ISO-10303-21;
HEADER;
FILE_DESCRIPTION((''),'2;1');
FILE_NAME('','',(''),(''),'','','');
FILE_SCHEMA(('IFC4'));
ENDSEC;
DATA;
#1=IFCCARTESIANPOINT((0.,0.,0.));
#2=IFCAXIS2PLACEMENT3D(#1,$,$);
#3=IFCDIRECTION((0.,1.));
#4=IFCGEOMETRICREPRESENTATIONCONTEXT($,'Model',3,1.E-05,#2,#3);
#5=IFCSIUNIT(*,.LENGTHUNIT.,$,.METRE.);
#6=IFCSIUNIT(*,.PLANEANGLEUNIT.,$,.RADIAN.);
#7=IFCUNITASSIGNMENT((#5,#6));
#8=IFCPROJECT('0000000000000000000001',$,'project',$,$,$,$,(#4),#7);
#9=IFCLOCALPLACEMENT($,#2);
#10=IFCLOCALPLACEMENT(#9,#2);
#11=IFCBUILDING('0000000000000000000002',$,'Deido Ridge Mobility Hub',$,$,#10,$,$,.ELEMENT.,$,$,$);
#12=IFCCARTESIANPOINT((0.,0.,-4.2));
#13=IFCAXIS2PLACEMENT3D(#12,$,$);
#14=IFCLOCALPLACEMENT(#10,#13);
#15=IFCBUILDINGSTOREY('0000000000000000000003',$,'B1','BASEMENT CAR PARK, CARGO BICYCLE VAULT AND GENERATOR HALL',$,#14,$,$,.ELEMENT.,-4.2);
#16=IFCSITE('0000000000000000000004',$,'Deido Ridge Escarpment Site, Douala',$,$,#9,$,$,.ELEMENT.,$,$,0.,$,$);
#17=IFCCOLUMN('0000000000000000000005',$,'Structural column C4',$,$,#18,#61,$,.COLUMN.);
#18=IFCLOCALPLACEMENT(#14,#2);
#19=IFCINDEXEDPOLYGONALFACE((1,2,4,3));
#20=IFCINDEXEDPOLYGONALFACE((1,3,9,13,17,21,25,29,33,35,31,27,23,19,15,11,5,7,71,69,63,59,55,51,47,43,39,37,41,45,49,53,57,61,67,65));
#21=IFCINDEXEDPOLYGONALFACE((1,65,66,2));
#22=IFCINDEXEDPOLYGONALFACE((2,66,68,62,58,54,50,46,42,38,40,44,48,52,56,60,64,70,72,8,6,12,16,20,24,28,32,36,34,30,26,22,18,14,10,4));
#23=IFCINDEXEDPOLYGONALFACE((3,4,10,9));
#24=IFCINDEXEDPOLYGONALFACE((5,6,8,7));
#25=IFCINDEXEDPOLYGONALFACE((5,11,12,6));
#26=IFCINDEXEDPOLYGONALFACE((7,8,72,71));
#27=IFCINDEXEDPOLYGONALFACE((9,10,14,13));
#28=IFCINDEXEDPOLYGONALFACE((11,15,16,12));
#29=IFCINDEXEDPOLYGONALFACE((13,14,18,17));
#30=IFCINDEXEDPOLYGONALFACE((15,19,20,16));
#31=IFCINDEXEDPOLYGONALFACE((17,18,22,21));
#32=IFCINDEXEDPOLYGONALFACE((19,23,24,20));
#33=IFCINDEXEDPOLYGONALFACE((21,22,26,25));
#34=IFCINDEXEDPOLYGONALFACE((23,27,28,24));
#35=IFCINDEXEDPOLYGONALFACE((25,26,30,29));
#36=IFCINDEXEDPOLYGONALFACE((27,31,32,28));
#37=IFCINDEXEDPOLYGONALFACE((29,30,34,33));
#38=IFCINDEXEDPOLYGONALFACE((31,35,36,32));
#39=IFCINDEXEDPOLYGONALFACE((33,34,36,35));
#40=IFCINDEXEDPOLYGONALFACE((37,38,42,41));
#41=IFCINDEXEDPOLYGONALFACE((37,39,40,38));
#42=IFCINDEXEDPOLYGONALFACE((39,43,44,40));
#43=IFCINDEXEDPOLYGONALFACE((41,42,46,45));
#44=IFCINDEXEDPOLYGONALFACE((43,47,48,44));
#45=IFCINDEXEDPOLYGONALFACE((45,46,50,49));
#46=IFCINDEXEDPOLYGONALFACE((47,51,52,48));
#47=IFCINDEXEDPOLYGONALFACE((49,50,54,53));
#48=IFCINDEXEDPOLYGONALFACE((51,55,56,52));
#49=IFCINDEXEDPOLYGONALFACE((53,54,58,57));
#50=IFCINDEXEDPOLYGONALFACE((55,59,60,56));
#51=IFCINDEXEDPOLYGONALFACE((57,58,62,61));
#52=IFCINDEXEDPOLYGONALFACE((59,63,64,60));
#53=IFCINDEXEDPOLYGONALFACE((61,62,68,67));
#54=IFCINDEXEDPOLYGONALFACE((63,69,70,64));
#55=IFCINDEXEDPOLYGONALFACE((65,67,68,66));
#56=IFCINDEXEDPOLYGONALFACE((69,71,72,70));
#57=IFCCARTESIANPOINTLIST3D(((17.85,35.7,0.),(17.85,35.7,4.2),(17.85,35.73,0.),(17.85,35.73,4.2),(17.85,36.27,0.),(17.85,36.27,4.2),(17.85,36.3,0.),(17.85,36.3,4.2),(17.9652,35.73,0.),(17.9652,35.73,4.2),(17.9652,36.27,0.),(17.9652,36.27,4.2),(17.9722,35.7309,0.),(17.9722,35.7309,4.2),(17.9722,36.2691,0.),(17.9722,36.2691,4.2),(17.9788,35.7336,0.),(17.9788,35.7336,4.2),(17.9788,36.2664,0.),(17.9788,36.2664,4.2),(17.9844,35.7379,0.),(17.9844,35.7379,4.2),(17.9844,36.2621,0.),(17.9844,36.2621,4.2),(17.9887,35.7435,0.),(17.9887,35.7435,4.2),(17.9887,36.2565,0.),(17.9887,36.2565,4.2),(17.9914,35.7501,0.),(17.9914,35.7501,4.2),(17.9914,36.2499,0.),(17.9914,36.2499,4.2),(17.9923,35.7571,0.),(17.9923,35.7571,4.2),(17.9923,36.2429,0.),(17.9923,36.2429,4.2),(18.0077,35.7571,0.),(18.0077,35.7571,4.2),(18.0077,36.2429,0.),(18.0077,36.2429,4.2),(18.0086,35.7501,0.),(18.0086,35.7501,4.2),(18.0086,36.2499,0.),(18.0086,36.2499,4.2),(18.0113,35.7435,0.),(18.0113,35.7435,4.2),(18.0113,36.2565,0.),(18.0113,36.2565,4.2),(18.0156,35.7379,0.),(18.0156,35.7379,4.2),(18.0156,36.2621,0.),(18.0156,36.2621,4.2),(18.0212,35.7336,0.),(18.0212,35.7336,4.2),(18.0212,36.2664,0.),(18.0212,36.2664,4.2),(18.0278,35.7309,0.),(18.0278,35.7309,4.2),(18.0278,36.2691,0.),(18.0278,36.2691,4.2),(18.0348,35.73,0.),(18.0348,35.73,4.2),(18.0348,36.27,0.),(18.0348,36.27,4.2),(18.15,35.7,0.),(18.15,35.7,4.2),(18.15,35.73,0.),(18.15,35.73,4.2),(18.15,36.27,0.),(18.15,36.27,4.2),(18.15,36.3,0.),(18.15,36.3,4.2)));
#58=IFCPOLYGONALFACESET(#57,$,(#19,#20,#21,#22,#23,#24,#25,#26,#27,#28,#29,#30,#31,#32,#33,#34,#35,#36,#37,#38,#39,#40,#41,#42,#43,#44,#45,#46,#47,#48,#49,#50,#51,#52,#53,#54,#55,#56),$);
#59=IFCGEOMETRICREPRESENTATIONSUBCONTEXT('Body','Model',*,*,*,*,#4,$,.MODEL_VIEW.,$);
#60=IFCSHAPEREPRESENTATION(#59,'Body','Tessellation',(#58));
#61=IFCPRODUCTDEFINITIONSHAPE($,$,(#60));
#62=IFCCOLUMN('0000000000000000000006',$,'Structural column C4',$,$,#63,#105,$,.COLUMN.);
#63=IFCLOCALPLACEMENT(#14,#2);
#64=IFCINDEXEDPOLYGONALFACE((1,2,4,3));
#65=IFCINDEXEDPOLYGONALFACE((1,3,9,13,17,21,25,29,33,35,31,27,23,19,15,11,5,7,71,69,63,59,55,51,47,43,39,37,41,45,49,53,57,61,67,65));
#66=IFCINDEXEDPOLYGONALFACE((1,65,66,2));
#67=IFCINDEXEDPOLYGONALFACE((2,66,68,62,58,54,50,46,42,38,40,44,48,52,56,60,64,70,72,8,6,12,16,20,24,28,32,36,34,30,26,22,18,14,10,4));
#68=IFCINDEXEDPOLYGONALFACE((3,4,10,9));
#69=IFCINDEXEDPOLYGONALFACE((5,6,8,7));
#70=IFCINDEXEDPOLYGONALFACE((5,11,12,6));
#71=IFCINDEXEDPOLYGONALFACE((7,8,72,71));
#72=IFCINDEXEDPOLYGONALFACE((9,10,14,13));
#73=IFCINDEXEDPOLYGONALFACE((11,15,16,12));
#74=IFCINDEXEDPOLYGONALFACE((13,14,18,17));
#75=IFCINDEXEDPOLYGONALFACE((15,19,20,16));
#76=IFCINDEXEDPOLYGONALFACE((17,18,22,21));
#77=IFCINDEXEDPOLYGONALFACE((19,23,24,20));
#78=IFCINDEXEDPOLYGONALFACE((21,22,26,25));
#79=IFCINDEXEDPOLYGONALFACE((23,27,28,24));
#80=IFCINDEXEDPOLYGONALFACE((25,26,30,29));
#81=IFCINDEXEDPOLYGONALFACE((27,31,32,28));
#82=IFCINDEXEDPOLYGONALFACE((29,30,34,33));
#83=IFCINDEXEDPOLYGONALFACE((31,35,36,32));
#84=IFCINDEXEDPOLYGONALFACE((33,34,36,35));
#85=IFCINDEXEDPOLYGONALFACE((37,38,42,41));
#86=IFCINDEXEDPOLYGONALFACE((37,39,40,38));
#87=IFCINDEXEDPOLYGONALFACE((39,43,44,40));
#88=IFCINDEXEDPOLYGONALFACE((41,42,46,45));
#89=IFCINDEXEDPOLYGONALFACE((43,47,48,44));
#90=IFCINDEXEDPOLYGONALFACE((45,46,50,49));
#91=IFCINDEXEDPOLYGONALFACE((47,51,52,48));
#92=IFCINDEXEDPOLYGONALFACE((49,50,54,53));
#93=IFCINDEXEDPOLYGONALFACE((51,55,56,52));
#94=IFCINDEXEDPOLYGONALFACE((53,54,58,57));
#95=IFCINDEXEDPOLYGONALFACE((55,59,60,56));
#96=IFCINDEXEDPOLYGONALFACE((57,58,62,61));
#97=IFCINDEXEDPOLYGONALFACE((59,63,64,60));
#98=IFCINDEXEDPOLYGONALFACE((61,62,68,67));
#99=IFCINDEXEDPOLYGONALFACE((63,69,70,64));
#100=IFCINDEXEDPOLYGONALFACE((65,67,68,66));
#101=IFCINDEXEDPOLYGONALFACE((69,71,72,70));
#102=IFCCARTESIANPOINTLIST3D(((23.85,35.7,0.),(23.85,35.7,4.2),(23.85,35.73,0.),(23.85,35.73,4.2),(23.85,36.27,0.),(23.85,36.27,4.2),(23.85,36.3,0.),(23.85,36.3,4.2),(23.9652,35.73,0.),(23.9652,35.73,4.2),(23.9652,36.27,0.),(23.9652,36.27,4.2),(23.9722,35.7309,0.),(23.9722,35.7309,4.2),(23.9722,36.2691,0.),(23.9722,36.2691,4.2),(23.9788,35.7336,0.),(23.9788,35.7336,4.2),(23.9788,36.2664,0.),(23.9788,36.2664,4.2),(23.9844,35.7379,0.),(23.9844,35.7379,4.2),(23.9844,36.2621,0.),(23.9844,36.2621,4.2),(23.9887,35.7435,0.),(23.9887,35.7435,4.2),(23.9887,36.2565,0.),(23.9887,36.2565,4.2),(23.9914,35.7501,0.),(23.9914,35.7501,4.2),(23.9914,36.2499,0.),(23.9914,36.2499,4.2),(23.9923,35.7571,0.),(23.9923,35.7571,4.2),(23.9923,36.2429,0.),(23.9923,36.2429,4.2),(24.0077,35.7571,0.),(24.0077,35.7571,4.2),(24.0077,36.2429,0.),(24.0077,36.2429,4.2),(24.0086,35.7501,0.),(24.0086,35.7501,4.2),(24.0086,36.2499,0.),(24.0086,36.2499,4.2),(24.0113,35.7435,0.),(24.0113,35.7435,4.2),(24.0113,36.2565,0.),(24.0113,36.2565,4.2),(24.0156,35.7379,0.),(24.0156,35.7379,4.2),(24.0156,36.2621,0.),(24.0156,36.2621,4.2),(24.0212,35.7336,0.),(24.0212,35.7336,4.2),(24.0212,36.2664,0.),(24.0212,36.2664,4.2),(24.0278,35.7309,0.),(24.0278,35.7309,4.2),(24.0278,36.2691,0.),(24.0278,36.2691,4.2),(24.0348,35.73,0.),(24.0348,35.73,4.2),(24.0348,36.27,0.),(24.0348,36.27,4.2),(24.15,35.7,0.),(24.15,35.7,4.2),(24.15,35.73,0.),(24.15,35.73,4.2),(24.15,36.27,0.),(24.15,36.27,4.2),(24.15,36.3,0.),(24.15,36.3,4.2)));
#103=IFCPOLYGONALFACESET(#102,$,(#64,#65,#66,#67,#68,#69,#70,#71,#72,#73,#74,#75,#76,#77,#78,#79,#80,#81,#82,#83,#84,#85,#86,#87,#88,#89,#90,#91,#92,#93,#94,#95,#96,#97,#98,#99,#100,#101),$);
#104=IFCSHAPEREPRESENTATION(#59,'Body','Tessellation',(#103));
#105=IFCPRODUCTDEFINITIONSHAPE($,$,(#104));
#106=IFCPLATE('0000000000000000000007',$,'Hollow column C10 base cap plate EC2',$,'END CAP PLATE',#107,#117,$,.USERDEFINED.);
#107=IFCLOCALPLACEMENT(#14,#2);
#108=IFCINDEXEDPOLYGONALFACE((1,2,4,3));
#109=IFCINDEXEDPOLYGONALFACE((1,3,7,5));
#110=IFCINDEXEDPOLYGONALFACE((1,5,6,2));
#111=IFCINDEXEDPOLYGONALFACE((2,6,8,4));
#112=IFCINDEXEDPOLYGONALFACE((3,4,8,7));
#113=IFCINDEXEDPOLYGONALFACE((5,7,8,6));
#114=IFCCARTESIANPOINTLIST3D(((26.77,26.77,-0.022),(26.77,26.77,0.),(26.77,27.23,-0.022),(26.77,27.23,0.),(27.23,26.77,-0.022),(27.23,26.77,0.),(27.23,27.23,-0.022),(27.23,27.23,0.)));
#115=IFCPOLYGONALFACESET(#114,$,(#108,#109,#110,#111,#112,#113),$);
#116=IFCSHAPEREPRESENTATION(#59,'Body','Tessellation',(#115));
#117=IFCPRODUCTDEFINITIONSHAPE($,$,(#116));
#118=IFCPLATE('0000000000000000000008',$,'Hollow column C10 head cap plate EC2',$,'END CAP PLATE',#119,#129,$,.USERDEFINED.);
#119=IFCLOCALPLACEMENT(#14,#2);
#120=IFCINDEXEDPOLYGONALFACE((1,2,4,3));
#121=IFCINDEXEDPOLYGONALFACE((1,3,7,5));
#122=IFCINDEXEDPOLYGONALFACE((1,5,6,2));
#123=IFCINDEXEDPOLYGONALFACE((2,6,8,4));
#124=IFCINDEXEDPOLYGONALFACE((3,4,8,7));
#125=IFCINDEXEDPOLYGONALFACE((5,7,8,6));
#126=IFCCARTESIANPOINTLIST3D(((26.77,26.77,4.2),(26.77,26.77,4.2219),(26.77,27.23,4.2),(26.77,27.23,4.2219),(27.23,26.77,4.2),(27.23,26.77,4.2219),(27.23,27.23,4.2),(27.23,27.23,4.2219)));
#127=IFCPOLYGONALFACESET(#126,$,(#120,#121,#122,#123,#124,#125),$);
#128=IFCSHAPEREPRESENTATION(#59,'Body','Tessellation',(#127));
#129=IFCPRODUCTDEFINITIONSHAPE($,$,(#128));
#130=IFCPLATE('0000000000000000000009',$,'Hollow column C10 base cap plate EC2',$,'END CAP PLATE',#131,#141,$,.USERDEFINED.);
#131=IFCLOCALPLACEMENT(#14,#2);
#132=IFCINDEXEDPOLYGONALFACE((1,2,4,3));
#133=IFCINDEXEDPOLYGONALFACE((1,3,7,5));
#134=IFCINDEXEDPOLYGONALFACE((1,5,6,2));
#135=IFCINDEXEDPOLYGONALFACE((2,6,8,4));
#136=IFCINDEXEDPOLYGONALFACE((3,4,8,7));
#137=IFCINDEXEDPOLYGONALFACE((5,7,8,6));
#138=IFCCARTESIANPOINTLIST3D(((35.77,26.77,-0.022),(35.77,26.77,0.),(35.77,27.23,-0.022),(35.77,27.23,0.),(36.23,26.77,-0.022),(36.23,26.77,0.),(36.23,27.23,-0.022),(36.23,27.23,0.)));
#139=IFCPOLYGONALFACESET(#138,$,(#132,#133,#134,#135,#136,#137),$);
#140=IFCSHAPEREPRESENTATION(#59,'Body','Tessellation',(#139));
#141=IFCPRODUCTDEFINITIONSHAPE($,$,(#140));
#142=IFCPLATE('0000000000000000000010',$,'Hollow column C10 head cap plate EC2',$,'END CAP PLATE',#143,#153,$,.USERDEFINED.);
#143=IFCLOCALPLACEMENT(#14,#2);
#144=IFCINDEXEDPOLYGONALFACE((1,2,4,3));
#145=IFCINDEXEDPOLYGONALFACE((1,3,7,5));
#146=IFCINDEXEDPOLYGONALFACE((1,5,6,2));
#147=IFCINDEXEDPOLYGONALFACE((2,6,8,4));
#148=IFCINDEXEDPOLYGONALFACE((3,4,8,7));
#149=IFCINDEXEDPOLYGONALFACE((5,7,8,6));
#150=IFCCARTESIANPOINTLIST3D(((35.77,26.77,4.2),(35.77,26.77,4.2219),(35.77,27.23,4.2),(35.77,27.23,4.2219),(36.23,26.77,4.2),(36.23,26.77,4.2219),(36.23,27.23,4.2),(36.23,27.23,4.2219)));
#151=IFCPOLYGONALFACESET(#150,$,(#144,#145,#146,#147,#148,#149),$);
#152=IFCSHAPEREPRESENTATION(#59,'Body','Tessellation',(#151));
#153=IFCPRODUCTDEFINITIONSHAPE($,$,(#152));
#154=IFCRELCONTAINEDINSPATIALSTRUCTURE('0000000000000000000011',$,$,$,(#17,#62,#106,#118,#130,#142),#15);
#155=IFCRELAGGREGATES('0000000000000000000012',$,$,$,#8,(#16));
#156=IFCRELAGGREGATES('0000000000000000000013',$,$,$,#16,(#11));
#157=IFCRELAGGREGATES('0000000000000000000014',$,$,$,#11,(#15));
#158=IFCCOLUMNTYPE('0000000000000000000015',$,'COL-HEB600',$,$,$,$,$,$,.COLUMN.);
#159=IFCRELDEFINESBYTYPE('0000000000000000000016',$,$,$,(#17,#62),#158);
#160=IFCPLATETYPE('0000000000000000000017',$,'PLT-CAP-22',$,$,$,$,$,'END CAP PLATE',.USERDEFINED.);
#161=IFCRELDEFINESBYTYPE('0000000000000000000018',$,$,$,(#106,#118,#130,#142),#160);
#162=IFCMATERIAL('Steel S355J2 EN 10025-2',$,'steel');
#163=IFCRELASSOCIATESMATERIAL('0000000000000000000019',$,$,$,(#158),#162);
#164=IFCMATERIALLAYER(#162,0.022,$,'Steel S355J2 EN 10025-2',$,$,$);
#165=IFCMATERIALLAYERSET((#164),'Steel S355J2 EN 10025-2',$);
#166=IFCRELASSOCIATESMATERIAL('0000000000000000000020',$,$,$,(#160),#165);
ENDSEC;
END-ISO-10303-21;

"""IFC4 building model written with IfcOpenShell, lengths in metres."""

from ifc_helpers import new_model, si_unit, direction, frame, origin, origin_2d, place, context, subcontext, project, spatial, rectangle, i_section, extrude, material, layer, layer_set, material_profile, profile_set, type_object, element, save


model = new_model("IFC4")

# Units and contexts
model_context = context("Model", 3, precision=1e-05, world=origin(), true_north=direction((0.0, 1.0)))
body_context = subcontext(model_context, "Body", "Model", "MODEL_VIEW")
ifc_project = project(units=[si_unit("LENGTHUNIT", "METRE"), si_unit("PLANEANGLEUNIT", "RADIAN")], contexts=[model_context])

# Site, building, storey
site_placement = place(None, origin())
site = spatial("IfcSite", under=ifc_project, at=site_placement, Name="Deido Ridge Escarpment Site, Douala", CompositionType="ELEMENT", RefElevation=0.0)
building_placement = place(site_placement, origin())
building = spatial("IfcBuilding", under=site, at=building_placement, Name="Deido Ridge Mobility Hub", CompositionType="ELEMENT")
storey_placement = place(building_placement, frame((0.0, 0.0, -4.2)))
storey = spatial("IfcBuildingStorey", under=building, at=storey_placement, Name="B1", Description="BASEMENT CAR PARK, CARGO BICYCLE VAULT AND GENERATOR HALL", CompositionType="ELEMENT", Elevation=-4.2)

# Columns
ifc_material_1 = material(Name="Steel S355J2 EN 10025-2", Category="steel")
ifc_material_profile_1 = material_profile(ifc_material_1, i_section(OverallWidth=0.3, OverallDepth=0.6001, WebThickness=0.0154, FlangeThickness=0.03, FilletRadius=0.0271, at=origin_2d()), Name="HEB 600")
ifc_profile_set_1 = profile_set([ifc_material_profile_1], Name="Steel S355J2 EN 10025-2")
column_type_1 = type_object("IfcColumnType", Name="COL-HEB600", PredefinedType="COLUMN", material=ifc_profile_set_1)
for number, where, z_axis, x_axis, name in (
    (1, (18.0, 36.0, 0.0), (0.0, 0.0, 1.0), (1.0, 0.0, 0.0), "Structural column C4"),
    (2, (24.0, 36.0, 0.0), (0.0, 0.0, 1.0), (1.0, 0.0, 0.0), "Structural column C4"),
):
    element("IfcColumn", number, at=place(storey_placement, frame(where, z_axis=z_axis, x_axis=x_axis)), inside=storey, type_object=column_type_1, Name=name, PredefinedType="COLUMN", context=body_context, shape_type="SweptSolid", body=[
        extrude(i_section(OverallWidth=0.3, OverallDepth=0.6001, WebThickness=0.0154, FlangeThickness=0.03, FilletRadius=0.0271, at=origin_2d()), origin(), (0.0, 0.0, 1.0), 4.2),
    ])

# Plates
ifc_layer = layer(ifc_material_1, 0.022, Name="Steel S355J2 EN 10025-2")
ifc_layer_set = layer_set([ifc_layer], Name="Steel S355J2 EN 10025-2")
plate_type = type_object("IfcPlateType", Name="PLT-CAP-22", ElementType="END CAP PLATE", PredefinedType="USERDEFINED", material=ifc_layer_set)
for number, where, z_axis, x_axis, name in (
    (3, (27.0, 27.0, -0.022), (0.0, 0.0, 1.0), (1.0, 0.0, 0.0), "Hollow column C10 base cap plate EC2"),
    (4, (27.0, 27.0, 4.2), (0.0, 0.0, 1.0), (1.0, 0.0, 0.0), "Hollow column C10 head cap plate EC2"),
    (5, (36.0, 27.0, -0.022), (0.0, 0.0, 1.0), (1.0, 0.0, 0.0), "Hollow column C10 base cap plate EC2"),
    (6, (36.0, 27.0, 4.2), (0.0, 0.0, 1.0), (1.0, 0.0, 0.0), "Hollow column C10 head cap plate EC2"),
):
    element("IfcPlate", number, at=place(storey_placement, frame(where, z_axis=z_axis, x_axis=x_axis)), inside=storey, type_object=plate_type, Name=name, ObjectType="END CAP PLATE", PredefinedType="USERDEFINED", context=body_context, shape_type="SweptSolid", body=[
        extrude(rectangle(XDim=0.46, YDim=0.46, at=origin_2d()), origin(), (0.0, 0.0, 1.0), 0.022),
    ])

save(model, "model.ifc")
